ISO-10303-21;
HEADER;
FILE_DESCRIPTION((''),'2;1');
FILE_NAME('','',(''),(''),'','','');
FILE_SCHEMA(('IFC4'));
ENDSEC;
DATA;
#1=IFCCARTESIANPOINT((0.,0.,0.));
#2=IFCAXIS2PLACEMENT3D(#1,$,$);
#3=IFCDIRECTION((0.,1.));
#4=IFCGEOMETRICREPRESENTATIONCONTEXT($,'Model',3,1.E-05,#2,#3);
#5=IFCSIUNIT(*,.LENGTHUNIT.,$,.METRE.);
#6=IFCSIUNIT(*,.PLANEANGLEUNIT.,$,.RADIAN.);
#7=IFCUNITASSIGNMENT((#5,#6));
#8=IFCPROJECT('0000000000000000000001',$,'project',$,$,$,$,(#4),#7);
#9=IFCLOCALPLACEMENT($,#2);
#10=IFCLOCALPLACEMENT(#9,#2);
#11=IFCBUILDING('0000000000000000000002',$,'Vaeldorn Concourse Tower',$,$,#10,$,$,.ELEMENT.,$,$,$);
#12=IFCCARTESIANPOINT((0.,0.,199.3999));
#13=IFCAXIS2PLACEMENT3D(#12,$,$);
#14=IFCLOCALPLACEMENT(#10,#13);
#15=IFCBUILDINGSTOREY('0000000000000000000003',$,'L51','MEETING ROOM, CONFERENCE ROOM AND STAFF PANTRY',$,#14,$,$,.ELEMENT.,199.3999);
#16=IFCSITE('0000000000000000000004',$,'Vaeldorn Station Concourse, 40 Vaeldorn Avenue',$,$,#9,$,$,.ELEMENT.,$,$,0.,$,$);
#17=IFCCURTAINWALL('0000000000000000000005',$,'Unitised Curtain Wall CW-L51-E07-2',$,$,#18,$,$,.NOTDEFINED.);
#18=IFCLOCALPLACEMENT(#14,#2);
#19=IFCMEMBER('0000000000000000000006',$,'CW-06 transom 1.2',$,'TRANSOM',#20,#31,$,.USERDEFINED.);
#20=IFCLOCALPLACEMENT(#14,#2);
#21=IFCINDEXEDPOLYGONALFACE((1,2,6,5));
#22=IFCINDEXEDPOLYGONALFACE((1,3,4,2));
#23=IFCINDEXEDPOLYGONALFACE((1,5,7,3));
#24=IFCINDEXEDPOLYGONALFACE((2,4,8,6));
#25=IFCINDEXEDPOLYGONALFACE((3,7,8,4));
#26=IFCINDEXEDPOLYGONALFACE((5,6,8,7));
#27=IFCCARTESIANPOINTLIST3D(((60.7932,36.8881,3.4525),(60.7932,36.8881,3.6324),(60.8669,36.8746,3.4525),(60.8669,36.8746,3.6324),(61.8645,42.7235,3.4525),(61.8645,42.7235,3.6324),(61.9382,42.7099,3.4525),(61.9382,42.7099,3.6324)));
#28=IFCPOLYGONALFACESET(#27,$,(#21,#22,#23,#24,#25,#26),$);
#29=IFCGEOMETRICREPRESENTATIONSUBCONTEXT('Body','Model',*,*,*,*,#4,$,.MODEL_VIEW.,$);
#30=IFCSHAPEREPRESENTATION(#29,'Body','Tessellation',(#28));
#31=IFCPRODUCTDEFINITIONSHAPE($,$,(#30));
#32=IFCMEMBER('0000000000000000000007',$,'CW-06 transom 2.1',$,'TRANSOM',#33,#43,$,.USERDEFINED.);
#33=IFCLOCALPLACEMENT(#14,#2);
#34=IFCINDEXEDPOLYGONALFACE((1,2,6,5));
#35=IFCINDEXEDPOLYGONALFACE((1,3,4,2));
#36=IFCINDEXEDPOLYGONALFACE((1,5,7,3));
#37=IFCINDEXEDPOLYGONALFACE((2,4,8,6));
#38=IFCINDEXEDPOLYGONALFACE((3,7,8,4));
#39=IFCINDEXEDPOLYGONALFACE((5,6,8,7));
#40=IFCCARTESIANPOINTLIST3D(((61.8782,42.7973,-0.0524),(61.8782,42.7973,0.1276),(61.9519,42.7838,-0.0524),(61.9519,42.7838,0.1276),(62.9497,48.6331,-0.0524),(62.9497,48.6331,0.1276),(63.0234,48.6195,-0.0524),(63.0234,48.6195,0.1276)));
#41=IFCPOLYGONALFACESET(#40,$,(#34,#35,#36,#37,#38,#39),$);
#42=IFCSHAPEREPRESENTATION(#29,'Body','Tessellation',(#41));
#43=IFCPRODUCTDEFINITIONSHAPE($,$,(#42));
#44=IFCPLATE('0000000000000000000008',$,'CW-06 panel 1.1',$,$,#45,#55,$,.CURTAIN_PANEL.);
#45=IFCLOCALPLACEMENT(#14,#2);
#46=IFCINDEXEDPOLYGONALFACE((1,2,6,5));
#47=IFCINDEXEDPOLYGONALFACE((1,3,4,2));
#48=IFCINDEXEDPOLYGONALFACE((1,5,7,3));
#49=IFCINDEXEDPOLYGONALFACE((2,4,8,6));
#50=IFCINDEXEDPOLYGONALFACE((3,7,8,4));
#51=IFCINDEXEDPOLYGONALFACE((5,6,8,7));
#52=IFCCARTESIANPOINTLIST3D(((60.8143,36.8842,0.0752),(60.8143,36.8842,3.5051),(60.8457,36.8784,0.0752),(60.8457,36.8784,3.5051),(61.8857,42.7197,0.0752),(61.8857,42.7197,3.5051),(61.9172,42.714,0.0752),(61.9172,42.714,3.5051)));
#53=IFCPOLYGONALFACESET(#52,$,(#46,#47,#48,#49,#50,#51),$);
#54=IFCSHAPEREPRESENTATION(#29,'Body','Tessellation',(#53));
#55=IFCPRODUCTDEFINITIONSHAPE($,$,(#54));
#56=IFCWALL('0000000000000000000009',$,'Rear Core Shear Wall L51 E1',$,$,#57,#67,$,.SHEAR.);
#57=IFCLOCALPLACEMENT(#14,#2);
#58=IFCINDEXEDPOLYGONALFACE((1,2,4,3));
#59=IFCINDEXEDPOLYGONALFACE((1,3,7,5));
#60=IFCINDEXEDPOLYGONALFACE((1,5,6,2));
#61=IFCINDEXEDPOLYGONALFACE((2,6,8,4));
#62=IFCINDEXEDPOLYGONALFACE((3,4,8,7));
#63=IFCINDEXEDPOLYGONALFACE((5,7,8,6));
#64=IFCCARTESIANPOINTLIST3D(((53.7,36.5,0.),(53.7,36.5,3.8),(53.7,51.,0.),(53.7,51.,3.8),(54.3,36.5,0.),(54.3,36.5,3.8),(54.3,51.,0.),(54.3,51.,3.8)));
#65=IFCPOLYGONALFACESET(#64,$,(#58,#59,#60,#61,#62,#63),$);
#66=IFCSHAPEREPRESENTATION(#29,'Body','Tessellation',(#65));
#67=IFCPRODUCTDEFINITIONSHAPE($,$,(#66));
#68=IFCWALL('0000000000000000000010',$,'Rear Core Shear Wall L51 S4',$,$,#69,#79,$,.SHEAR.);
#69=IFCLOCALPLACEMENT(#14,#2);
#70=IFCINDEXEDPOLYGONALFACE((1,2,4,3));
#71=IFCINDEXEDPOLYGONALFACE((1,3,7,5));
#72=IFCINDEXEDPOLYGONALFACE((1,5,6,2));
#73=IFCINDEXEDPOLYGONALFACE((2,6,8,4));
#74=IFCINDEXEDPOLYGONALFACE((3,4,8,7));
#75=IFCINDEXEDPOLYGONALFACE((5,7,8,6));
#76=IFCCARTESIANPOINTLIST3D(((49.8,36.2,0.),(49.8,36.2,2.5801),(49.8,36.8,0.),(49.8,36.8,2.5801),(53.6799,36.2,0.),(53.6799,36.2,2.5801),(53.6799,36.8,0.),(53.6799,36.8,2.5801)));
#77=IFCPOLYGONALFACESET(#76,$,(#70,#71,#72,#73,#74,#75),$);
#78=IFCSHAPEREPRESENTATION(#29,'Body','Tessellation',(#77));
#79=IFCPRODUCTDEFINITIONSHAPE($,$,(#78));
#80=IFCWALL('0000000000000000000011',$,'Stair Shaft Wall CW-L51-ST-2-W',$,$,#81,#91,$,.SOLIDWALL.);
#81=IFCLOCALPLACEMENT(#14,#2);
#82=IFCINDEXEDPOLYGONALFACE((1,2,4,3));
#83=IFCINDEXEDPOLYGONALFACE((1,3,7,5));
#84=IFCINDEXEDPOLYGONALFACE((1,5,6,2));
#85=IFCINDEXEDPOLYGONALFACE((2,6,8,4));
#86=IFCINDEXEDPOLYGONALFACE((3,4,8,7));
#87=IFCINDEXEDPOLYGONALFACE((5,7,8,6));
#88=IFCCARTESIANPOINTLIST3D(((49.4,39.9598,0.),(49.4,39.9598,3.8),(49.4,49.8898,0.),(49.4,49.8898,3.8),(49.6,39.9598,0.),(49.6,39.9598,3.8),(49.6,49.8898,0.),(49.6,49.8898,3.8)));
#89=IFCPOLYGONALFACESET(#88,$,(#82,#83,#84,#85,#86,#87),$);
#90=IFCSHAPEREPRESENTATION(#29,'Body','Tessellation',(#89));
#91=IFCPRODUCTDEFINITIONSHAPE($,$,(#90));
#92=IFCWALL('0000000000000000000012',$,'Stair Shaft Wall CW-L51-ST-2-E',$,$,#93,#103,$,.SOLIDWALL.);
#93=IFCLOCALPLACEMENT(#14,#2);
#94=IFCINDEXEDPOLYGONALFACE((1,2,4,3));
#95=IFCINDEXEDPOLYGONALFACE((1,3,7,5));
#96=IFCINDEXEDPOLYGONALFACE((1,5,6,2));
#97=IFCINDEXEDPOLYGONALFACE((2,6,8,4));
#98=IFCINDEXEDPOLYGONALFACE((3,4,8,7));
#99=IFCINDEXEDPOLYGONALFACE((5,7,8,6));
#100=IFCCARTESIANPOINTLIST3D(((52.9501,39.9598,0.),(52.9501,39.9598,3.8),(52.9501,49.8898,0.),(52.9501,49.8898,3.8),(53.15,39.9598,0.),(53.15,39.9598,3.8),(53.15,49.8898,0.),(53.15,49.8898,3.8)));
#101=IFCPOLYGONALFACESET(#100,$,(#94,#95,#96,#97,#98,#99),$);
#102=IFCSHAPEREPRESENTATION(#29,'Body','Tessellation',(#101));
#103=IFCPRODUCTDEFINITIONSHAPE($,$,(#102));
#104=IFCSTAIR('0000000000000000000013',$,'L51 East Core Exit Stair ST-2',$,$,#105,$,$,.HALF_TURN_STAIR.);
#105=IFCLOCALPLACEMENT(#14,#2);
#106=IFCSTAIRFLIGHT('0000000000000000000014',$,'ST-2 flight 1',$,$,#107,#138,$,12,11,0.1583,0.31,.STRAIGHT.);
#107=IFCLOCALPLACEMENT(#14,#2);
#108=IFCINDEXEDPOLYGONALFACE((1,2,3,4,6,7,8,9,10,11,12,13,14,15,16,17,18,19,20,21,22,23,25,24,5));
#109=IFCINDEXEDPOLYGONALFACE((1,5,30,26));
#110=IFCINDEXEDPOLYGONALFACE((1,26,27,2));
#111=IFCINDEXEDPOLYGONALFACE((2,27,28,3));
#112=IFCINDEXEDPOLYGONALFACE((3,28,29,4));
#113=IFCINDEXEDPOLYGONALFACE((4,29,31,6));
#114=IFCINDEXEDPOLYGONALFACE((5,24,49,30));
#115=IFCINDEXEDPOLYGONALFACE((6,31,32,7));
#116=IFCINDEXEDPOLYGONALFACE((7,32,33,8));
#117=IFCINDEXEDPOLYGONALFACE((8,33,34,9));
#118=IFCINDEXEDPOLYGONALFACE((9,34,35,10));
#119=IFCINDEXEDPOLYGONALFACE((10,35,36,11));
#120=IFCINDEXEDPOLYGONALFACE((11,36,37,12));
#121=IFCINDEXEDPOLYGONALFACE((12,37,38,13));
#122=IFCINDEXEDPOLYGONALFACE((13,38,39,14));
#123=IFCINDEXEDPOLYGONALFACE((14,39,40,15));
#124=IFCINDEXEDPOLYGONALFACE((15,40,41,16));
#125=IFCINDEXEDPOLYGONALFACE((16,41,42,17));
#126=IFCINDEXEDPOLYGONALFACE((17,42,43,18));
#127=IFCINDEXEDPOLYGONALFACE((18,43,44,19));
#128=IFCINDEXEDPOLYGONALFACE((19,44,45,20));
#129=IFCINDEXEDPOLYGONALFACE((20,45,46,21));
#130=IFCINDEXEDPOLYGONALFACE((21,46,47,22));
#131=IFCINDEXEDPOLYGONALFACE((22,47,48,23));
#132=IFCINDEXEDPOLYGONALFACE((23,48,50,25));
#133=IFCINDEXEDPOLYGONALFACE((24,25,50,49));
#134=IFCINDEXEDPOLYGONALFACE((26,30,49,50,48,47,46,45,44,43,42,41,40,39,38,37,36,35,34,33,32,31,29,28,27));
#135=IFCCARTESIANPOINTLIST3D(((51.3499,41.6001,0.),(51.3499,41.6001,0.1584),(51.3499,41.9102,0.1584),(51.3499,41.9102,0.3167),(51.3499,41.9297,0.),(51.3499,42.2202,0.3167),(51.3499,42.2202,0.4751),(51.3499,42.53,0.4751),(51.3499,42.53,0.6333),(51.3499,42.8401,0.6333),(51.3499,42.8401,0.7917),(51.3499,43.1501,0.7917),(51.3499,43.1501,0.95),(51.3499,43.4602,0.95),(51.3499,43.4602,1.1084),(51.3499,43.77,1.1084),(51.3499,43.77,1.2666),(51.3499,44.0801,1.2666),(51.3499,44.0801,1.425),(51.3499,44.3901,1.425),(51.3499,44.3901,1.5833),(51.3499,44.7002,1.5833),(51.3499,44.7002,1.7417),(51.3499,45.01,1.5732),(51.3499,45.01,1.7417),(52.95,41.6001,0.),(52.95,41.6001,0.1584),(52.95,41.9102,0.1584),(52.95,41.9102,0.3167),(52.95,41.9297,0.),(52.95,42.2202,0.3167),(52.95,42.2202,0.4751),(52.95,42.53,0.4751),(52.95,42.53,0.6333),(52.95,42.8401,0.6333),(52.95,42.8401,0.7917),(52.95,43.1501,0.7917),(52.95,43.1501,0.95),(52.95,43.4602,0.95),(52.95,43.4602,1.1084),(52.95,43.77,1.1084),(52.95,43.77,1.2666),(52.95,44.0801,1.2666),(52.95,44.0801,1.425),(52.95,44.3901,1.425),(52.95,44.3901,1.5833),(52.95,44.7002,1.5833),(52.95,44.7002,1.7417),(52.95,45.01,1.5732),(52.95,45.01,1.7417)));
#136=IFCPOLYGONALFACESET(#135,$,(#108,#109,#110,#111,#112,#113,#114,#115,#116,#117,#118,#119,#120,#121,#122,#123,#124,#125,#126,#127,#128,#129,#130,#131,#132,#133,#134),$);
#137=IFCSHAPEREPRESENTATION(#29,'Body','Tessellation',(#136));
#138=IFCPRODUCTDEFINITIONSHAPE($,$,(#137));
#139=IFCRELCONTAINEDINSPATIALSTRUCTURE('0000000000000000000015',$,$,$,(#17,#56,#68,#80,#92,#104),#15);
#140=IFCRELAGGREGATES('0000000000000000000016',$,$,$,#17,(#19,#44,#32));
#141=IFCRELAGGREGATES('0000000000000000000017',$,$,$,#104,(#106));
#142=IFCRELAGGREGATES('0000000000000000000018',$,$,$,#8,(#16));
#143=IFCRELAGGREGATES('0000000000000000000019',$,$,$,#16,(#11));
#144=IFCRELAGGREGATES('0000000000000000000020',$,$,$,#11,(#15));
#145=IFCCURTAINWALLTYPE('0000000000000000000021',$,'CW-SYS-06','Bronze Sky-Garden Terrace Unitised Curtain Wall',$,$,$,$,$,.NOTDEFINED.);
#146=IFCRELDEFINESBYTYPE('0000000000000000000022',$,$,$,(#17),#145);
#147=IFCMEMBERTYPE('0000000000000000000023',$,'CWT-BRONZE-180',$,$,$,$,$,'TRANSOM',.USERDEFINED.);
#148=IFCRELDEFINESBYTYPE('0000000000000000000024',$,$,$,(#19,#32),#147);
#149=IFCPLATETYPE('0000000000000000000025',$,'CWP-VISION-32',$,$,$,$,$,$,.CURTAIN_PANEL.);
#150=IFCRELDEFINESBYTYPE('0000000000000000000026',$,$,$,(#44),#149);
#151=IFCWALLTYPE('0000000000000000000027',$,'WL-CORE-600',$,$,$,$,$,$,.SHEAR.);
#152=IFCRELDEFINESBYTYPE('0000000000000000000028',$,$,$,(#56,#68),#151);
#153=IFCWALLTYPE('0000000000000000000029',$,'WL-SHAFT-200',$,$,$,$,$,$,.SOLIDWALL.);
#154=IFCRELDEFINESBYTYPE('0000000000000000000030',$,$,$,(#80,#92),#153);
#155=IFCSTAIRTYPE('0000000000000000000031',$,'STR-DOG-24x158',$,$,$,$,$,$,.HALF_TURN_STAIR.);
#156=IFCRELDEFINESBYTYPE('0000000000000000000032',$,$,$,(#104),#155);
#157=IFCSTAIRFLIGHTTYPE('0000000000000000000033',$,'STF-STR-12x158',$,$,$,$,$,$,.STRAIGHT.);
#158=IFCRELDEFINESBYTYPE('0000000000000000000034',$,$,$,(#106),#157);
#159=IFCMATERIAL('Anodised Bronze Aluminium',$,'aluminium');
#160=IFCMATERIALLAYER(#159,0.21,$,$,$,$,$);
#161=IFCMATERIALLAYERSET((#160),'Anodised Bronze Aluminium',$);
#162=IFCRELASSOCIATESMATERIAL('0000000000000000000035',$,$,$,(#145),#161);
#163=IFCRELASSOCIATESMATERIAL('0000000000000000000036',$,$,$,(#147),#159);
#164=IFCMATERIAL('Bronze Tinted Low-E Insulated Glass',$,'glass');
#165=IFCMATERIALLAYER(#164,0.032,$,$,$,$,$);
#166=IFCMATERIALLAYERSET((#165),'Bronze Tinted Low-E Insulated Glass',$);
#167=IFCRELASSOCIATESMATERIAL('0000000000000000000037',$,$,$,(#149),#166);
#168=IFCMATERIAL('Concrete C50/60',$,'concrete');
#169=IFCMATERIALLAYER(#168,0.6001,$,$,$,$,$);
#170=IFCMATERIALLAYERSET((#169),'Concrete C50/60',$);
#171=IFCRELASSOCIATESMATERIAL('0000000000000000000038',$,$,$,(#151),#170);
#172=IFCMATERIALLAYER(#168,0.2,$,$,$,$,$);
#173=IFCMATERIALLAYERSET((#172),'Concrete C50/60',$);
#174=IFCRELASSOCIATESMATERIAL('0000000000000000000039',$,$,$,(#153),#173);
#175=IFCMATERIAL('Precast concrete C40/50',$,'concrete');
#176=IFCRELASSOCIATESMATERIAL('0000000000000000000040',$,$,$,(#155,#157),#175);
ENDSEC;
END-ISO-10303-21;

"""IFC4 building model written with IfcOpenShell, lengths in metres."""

from ifc_helpers import new_model, si_unit, direction, frame, frame_2d, origin, origin_2d, place, context, subcontext, project, spatial, polyline, rectangle, outline, extrude, source, transform, mapped, material, layer, layer_set, material_profile, profile_set, type_object, element, aggregate, save


model = new_model("IFC4")

# Units and contexts
model_context = context("Model", 3, precision=1e-05, world=origin(), true_north=direction((0.0, 1.0)))
body_context = subcontext(model_context, "Body", "Model", "MODEL_VIEW")
ifc_project = project(units=[si_unit("LENGTHUNIT", "METRE"), si_unit("PLANEANGLEUNIT", "RADIAN")], contexts=[model_context])

# Site, building, storey
site_placement = place(None, origin())
site = spatial("IfcSite", under=ifc_project, at=site_placement, Name="Vaeldorn Station Concourse, 40 Vaeldorn Avenue", CompositionType="ELEMENT", RefElevation=0.0)
building_placement = place(site_placement, origin())
building = spatial("IfcBuilding", under=site, at=building_placement, Name="Vaeldorn Concourse Tower", CompositionType="ELEMENT")
storey_placement = place(building_placement, frame((0.0, 0.0, 199.3999)))
storey = spatial("IfcBuildingStorey", under=building, at=storey_placement, Name="L51", Description="MEETING ROOM, CONFERENCE ROOM AND STAFF PANTRY", CompositionType="ELEMENT", Elevation=199.3999)

# Shared definitions
ifc_material_1 = material(Name="Concrete C50/60", Category="concrete")

# Curtain wall, members, plate
ifc_material_2 = material(Name="Anodised Bronze Aluminium", Category="aluminium")
ifc_layer_1 = layer(ifc_material_2, 0.21)
ifc_layer_set_1 = layer_set([ifc_layer_1], Name="Anodised Bronze Aluminium")
curtain_wall_type = type_object("IfcCurtainWallType", Name="CW-SYS-06", Description="Bronze Sky-Garden Terrace Unitised Curtain Wall", PredefinedType="NOTDEFINED", material=ifc_layer_set_1)
curtain_wall_placement = place(storey_placement, origin())
curtain_wall = element("IfcCurtainWall", 1, at=curtain_wall_placement, inside=storey, type_object=curtain_wall_type, Name="Unitised Curtain Wall CW-L51-E07-2", PredefinedType="NOTDEFINED")
ifc_material_profile_1 = material_profile(ifc_material_2, rectangle(XDim=0.075, YDim=0.1799, at=origin_2d()), Name="CWT 75x180")
ifc_profile_set_1 = profile_set([ifc_material_profile_1], Name="Anodised Bronze Aluminium")
member_type_1 = type_object("IfcMemberType", Name="CWT-BRONZE-180", ElementType="TRANSOM", PredefinedType="USERDEFINED", material=ifc_profile_set_1)
shared_shape_1 = source(origin(), body_context, "Body", "SweptSolid", [
    extrude(rectangle(XDim=0.075, YDim=0.1799, at=origin_2d()), origin(), (0.0, 0.0, 1.0), 5.9329),
])
member_1_placement = place(storey_placement, frame((60.8301, 36.8813, 3.5425), z_axis=(0.180565, 0.983563, 0.0), x_axis=(-0.983563, 0.180565, 0.0)))
member_1 = element("IfcMember", 2, at=member_1_placement, type_object=member_type_1, Name="CW-06 transom 1.2", ObjectType="TRANSOM", PredefinedType="USERDEFINED", context=body_context, shape_type="MappedRepresentation", body=[
    mapped(shared_shape_1, transform((0.0, 0.0, 0.0), scale=1.0)),
])
shared_shape_2 = source(origin(), body_context, "Body", "SweptSolid", [
    extrude(rectangle(XDim=0.075, YDim=0.1799, at=origin_2d()), origin(), (0.0, 0.0, 1.0), 5.9333),
])
member_2_placement = place(storey_placement, frame((61.915, 42.7905, 0.0376), z_axis=(0.180598, 0.983557, 0.0), x_axis=(-0.983557, 0.180598, 0.0)))
member_2 = element("IfcMember", 3, at=member_2_placement, type_object=member_type_1, Name="CW-06 transom 2.1", ObjectType="TRANSOM", PredefinedType="USERDEFINED", context=body_context, shape_type="MappedRepresentation", body=[
    mapped(shared_shape_2, transform((0.0, 0.0, 0.0), scale=1.0)),
])
ifc_material_3 = material(Name="Bronze Tinted Low-E Insulated Glass", Category="glass")
ifc_layer_2 = layer(ifc_material_3, 0.032)
ifc_layer_set_2 = layer_set([ifc_layer_2], Name="Bronze Tinted Low-E Insulated Glass")
plate_type = type_object("IfcPlateType", Name="CWP-VISION-32", PredefinedType="CURTAIN_PANEL", material=ifc_layer_set_2)
shared_shape_3 = source(origin(), body_context, "Body", "SweptSolid", [
    extrude(rectangle(XDim=5.9331, YDim=0.032, at=origin_2d()), origin(), (0.0, 0.0, 1.0), 3.4299),
])
plate_placement = place(storey_placement, frame((61.3657, 39.7991, 0.0752), z_axis=(0.0, 0.0, 1.0), x_axis=(0.180585, 0.983559, 0.0)))
plate = element("IfcPlate", 4, at=plate_placement, type_object=plate_type, Name="CW-06 panel 1.1", PredefinedType="CURTAIN_PANEL", context=body_context, shape_type="MappedRepresentation", body=[
    mapped(shared_shape_3, transform((0.0, 0.0, 0.0), scale=1.0)),
])
aggregate(curtain_wall, [member_1, plate, member_2])

# Walls
ifc_layer_3 = layer(ifc_material_1, 0.6001)
ifc_layer_set_3 = layer_set([ifc_layer_3], Name="Concrete C50/60")
wall_type_1 = type_object("IfcWallType", Name="WL-CORE-600", PredefinedType="SHEAR", material=ifc_layer_set_3)
wall_1_placement = place(storey_placement, frame((54.0, 36.5, 0.0), z_axis=(0.0, 0.0, 1.0), x_axis=(0.0, 1.0, 0.0)))
element("IfcWall", 5, at=wall_1_placement, inside=storey, type_object=wall_type_1, Name="Rear Core Shear Wall L51 E1", PredefinedType="SHEAR", context=body_context, shape_type="SweptSolid", body=[
    extrude(rectangle(XDim=14.5, YDim=0.6001, at=frame_2d((7.25, 0.0))), origin(), (0.0, 0.0, 1.0), 3.8),
])
wall_2_placement = place(storey_placement, frame((49.8, 36.5, 0.0), z_axis=(0.0, 0.0, 1.0), x_axis=(1.0, 0.0, 0.0)))
element("IfcWall", 6, at=wall_2_placement, inside=storey, type_object=wall_type_1, Name="Rear Core Shear Wall L51 S4", PredefinedType="SHEAR", context=body_context, shape_type="SweptSolid", body=[
    extrude(rectangle(XDim=3.8799, YDim=0.6001, at=frame_2d((1.9399, 0.0))), origin(), (0.0, 0.0, 1.0), 2.5801),
])
ifc_layer_4 = layer(ifc_material_1, 0.2)
ifc_layer_set_4 = layer_set([ifc_layer_4], Name="Concrete C50/60")
wall_type_2 = type_object("IfcWallType", Name="WL-SHAFT-200", PredefinedType="SOLIDWALL", material=ifc_layer_set_4)
for number, where, z_axis, x_axis, name in (
    (7, (49.5, 39.96, 0.0), (0.0, 0.0, 1.0), (0.0, 1.0, 0.0), "Stair Shaft Wall CW-L51-ST-2-W"),
    (8, (53.05, 39.96, 0.0), (0.0, 0.0, 1.0), (0.0, 1.0, 0.0), "Stair Shaft Wall CW-L51-ST-2-E"),
):
    element("IfcWall", number, at=place(storey_placement, frame(where, z_axis=z_axis, x_axis=x_axis)), inside=storey, type_object=wall_type_2, Name=name, PredefinedType="SOLIDWALL", context=body_context, shape_type="SweptSolid", body=[
        extrude(rectangle(XDim=9.9299, YDim=0.2, at=frame_2d((4.9648, 0.0))), origin(), (0.0, 0.0, 1.0), 3.8),
    ])

# Stair, stair flight
ifc_material_4 = material(Name="Precast concrete C40/50", Category="concrete")
stair_type = type_object("IfcStairType", Name="STR-DOG-24x158", PredefinedType="HALF_TURN_STAIR", material=ifc_material_4)
stair_placement = place(storey_placement, origin())
stair = element("IfcStair", 9, at=stair_placement, inside=storey, type_object=stair_type, Name="L51 East Core Exit Stair ST-2", PredefinedType="HALF_TURN_STAIR")
stair_flight_type = type_object("IfcStairFlightType", Name="STF-STR-12x158", PredefinedType="STRAIGHT", material=ifc_material_4)
stair_flight_placement = place(storey_placement, frame((52.1499, 41.6001, 0.0), z_axis=(0.0, 0.0, 1.0), x_axis=(0.0, 1.0, 0.0)))
stair_flight = element("IfcStairFlight", 10, at=stair_flight_placement, type_object=stair_flight_type, Name="ST-2 flight 1", NumberOfRisers=12, NumberOfTreads=11, PredefinedType="STRAIGHT", RiserHeight=0.1583, TreadLength=0.31, context=body_context, shape_type="SweptSolid", body=[
    extrude(outline(polyline([(0.0, 0.0), (0.0, 0.1584), (0.3101, 0.1584), (0.3101, 0.3167), (0.6201, 0.3167), (0.6201, 0.4751), (0.9299, 0.4751), (0.9299, 0.6333), (1.24, 0.6333), (1.24, 0.7917), (1.55, 0.7917), (1.55, 0.95), (1.8601, 0.95), (1.8601, 1.1084), (2.1699, 1.1084), (2.1699, 1.2666), (2.48, 1.2666), (2.48, 1.425), (2.79, 1.425), (2.79, 1.5833), (3.1001, 1.5833), (3.1001, 1.7417), (3.4099, 1.7417), (3.4099, 1.8999), (3.4099, 1.5732), (0.3296, 0.0), (0.0, 0.0)])), frame((0.0, 0.8, 0.0), z_axis=(0.0, -1.0, 0.0), x_axis=(1.0, 0.0, 0.0)), (0.0, 0.0, 1.0), 1.6001),
])
aggregate(stair, [stair_flight])

save(model, "model.ifc")
